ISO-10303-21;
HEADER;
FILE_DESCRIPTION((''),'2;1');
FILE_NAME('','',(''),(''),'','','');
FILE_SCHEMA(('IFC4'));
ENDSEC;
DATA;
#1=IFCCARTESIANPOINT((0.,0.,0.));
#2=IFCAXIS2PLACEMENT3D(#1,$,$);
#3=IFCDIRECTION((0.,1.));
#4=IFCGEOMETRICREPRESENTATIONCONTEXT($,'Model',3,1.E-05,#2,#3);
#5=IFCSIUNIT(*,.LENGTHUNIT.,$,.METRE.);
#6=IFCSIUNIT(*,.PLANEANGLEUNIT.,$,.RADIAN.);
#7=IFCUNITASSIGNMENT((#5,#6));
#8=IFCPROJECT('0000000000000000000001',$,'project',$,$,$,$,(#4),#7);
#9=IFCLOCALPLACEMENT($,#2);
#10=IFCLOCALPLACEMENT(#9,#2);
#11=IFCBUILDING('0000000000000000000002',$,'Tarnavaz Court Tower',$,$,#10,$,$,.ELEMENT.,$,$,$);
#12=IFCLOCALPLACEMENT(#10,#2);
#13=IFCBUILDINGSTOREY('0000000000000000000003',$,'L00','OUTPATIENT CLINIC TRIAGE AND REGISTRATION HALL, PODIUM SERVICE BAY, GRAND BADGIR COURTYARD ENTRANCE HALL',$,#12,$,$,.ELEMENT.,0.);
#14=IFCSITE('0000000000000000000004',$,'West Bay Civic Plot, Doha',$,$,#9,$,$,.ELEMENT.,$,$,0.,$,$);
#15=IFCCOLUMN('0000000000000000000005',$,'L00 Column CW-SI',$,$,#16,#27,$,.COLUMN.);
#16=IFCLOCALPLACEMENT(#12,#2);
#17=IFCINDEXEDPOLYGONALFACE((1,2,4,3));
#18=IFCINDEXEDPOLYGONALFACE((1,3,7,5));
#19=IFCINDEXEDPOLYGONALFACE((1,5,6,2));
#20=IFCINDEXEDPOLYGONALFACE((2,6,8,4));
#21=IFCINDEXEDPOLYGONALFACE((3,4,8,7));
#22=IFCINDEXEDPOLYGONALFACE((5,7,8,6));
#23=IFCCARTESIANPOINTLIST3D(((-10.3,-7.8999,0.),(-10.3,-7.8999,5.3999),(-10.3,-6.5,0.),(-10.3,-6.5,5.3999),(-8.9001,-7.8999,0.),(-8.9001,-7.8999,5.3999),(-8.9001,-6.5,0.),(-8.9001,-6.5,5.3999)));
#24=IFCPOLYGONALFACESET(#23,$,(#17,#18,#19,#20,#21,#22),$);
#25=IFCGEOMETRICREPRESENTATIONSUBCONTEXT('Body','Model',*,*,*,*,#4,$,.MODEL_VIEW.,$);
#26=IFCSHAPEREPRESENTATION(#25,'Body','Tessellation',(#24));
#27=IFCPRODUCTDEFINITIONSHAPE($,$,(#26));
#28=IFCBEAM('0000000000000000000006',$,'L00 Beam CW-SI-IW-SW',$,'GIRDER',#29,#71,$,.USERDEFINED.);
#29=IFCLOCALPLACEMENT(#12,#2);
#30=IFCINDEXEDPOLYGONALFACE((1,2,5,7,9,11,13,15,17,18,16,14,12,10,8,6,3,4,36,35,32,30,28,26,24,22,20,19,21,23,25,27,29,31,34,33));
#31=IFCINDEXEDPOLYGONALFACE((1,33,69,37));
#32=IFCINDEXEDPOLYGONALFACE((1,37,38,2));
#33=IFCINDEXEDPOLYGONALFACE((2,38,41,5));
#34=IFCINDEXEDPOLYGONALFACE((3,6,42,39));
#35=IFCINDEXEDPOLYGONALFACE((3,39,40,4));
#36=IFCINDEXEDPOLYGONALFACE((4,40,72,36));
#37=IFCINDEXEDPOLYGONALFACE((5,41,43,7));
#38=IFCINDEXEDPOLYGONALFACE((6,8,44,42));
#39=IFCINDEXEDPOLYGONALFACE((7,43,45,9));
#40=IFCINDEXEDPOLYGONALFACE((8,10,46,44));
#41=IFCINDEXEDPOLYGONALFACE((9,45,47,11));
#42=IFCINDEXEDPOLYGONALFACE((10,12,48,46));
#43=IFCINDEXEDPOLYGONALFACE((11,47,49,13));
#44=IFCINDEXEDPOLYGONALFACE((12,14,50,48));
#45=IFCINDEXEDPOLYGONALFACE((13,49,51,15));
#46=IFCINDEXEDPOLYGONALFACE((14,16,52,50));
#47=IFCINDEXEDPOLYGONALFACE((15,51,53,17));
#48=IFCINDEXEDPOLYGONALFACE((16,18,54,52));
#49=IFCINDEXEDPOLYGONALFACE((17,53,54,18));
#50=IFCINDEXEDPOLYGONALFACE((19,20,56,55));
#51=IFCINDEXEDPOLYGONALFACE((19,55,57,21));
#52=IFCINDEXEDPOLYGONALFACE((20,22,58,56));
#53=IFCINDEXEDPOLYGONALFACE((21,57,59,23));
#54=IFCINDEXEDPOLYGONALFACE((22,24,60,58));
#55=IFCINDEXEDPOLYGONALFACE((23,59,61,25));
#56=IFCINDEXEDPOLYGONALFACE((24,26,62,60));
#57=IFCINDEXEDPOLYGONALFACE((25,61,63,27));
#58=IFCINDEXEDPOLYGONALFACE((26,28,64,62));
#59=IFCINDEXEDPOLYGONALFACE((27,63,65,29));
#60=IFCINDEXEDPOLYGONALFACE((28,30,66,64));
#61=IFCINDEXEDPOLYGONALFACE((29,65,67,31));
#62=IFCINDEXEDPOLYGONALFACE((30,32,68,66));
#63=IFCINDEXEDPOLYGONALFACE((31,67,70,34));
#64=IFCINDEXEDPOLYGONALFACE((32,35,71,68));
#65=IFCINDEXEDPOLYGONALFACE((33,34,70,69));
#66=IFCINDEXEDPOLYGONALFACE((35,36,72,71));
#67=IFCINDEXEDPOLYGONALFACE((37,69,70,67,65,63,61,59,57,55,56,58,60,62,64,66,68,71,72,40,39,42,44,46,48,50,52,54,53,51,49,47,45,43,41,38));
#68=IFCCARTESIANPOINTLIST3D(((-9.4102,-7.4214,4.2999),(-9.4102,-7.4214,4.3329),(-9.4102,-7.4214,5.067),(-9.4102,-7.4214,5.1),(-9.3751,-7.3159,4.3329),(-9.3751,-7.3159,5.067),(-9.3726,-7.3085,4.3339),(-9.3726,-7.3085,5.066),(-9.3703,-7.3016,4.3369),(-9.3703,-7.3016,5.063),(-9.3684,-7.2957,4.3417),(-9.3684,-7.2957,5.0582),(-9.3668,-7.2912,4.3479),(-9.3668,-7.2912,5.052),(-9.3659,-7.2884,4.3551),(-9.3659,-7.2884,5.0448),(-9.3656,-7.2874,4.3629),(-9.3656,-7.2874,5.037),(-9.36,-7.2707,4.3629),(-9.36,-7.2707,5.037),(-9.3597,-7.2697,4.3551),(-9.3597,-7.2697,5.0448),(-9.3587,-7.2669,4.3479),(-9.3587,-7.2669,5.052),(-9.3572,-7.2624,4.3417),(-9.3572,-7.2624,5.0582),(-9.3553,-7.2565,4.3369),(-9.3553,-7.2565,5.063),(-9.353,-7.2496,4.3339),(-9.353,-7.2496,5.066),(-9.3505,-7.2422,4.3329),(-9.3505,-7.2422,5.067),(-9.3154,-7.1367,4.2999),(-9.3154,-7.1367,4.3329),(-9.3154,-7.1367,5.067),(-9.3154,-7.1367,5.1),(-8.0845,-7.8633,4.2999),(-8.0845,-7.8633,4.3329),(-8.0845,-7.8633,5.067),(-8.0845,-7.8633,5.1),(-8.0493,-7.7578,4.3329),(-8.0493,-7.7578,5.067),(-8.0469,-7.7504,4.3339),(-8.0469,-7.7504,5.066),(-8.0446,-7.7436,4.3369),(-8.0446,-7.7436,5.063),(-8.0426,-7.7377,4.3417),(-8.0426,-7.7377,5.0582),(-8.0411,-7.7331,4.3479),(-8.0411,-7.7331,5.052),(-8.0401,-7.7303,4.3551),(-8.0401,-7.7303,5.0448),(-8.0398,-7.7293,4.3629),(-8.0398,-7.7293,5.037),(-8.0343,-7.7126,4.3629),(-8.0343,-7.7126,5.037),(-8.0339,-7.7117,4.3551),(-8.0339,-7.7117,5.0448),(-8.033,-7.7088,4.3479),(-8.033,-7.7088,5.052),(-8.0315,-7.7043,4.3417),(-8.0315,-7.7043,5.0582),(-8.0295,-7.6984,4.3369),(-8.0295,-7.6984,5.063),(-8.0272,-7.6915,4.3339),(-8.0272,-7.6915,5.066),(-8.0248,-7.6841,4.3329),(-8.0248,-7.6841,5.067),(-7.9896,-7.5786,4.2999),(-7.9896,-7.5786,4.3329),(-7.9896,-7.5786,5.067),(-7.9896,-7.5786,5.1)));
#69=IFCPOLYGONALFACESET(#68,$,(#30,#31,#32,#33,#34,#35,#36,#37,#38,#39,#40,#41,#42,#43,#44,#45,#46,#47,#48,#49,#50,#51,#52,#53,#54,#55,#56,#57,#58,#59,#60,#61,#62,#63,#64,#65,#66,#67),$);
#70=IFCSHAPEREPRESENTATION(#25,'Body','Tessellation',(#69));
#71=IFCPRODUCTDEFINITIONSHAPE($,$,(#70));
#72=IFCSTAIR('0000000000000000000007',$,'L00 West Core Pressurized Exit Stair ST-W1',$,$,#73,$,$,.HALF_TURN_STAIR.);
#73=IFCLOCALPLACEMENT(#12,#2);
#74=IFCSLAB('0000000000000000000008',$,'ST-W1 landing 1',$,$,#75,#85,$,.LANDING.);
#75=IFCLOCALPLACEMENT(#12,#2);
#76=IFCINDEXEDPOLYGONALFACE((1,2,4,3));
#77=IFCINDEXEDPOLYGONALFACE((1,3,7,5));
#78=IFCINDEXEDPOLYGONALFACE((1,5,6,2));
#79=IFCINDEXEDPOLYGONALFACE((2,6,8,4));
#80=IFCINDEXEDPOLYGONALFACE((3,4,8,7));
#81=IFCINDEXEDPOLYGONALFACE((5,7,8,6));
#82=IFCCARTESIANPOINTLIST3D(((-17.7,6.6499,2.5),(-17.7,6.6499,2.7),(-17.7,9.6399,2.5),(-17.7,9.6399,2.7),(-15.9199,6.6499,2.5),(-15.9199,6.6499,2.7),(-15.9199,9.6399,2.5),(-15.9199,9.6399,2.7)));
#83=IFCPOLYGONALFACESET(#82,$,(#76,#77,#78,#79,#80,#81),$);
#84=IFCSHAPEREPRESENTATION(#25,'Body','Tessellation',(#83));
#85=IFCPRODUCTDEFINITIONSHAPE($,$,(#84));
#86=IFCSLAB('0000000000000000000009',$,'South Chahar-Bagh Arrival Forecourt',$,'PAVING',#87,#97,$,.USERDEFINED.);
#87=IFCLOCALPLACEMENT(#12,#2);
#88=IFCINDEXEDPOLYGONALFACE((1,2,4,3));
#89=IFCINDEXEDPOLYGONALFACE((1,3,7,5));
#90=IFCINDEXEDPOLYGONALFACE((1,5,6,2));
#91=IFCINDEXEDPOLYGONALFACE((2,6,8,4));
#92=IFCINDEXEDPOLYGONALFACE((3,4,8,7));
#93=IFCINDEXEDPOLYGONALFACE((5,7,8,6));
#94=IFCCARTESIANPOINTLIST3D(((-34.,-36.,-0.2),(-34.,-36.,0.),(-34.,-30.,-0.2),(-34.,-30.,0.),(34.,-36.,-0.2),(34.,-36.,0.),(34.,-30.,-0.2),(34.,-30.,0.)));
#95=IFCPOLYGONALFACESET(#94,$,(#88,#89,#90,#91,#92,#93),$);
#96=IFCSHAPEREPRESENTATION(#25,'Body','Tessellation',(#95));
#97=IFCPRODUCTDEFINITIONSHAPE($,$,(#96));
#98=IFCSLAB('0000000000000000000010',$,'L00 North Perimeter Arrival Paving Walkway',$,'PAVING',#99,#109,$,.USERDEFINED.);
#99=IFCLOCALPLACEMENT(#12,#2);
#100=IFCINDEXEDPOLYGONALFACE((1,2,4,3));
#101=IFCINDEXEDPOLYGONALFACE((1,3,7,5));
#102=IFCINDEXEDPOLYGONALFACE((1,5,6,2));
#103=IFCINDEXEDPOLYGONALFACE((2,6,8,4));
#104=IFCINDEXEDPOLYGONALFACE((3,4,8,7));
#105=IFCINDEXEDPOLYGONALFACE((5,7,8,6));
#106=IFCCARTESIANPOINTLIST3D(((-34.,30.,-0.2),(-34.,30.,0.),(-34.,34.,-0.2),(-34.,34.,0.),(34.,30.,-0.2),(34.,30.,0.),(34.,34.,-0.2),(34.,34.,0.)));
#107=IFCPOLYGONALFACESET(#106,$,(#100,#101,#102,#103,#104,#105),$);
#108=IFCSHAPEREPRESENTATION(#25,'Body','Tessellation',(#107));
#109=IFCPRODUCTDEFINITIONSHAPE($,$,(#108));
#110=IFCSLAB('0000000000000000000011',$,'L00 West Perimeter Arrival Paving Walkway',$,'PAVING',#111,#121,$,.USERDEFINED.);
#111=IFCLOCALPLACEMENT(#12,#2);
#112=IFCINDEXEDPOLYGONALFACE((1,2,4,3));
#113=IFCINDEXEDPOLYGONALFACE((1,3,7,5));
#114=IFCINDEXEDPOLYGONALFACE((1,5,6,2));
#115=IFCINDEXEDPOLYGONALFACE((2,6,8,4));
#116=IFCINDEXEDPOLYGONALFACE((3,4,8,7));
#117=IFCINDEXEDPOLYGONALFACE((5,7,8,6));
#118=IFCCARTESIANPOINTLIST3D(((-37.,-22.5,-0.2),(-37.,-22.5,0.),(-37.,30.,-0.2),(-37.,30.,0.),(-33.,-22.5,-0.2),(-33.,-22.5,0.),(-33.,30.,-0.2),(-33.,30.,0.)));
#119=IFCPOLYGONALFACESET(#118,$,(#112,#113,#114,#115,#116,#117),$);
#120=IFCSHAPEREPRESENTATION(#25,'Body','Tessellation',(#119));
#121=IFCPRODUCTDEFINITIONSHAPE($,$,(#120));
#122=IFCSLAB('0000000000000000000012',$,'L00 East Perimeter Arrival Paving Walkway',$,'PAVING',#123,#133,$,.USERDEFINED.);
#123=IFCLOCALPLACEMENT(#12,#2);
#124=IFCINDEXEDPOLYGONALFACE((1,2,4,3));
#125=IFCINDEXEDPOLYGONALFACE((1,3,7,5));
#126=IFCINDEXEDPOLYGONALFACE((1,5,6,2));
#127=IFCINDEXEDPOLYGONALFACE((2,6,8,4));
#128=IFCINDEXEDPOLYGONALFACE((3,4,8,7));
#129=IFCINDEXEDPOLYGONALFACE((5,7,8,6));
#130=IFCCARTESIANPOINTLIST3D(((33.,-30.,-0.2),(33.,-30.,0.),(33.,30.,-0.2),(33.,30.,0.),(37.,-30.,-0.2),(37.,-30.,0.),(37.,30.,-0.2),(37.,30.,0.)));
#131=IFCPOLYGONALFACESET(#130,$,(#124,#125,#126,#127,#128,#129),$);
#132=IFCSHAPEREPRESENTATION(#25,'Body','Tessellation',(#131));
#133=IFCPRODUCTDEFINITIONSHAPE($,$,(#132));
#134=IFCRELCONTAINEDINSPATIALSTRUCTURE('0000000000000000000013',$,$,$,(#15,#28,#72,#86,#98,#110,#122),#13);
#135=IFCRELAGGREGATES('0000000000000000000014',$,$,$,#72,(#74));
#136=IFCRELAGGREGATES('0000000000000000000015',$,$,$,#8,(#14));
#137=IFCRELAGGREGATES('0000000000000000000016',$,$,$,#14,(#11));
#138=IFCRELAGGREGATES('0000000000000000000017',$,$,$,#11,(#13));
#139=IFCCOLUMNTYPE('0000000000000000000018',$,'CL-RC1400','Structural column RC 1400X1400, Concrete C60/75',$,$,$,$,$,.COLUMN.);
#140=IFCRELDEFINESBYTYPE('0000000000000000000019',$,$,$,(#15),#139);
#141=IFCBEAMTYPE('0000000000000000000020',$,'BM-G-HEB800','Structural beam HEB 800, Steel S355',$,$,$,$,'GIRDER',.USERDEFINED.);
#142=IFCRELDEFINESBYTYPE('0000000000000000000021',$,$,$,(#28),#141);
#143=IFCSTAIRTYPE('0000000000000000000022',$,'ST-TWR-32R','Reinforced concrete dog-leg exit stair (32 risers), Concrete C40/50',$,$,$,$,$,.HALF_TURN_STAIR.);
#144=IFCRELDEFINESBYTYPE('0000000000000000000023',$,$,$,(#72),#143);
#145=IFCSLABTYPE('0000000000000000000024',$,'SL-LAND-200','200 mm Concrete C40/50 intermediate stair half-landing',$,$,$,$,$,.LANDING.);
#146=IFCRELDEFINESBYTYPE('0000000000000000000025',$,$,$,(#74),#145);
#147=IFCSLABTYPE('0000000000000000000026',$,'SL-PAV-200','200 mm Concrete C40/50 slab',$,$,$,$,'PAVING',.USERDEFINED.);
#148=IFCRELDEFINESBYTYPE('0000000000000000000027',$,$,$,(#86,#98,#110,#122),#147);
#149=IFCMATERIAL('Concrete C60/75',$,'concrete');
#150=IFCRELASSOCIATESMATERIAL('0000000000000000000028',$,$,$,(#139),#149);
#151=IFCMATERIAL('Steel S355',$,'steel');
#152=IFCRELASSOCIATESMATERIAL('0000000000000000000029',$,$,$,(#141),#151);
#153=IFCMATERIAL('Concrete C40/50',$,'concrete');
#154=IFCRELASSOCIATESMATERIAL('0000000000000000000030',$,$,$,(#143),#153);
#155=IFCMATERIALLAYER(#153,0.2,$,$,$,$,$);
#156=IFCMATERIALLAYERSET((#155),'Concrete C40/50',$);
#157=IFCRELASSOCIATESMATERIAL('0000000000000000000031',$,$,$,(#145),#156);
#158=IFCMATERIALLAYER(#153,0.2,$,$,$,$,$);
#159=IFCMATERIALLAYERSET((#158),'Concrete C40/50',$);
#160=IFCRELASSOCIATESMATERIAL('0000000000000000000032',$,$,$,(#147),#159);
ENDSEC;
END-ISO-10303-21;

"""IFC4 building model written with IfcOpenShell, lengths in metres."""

from ifc_helpers import new_model, si_unit, direction, frame, origin, origin_2d, place, context, subcontext, project, spatial, polyline, rectangle, i_section, outline, extrude, material, layer, layer_set, material_profile, profile_set, type_object, element, aggregate, save


model = new_model("IFC4")

# Units and contexts
model_context = context("Model", 3, precision=1e-05, world=origin(), true_north=direction((0.0, 1.0)))
body_context = subcontext(model_context, "Body", "Model", "MODEL_VIEW")
ifc_project = project(units=[si_unit("LENGTHUNIT", "METRE"), si_unit("PLANEANGLEUNIT", "RADIAN")], contexts=[model_context])

# Site, building, storey
site_placement = place(None, origin())
site = spatial("IfcSite", under=ifc_project, at=site_placement, Name="West Bay Civic Plot, Doha", CompositionType="ELEMENT", RefElevation=0.0)
building_placement = place(site_placement, origin())
building = spatial("IfcBuilding", under=site, at=building_placement, Name="Tarnavaz Court Tower", CompositionType="ELEMENT")
storey_placement = place(building_placement, origin())
storey = spatial("IfcBuildingStorey", under=building, at=storey_placement, Name="L00", Description="OUTPATIENT CLINIC TRIAGE AND REGISTRATION HALL, PODIUM SERVICE BAY, GRAND BADGIR COURTYARD ENTRANCE HALL", CompositionType="ELEMENT", Elevation=0.0)

# Column
ifc_material_1 = material(Name="Concrete C60/75", Category="concrete")
ifc_material_profile_1 = material_profile(ifc_material_1, rectangle(XDim=1.3999, YDim=1.3999, at=origin_2d()), Name="RC 1400X1400")
ifc_profile_set_1 = profile_set([ifc_material_profile_1], Name="Concrete C60/75")
column_type = type_object("IfcColumnType", Name="CL-RC1400", Description="Structural column RC 1400X1400, Concrete C60/75", PredefinedType="COLUMN", material=ifc_profile_set_1)
column_placement = place(storey_placement, frame((-9.6001, -7.2, 0.0), z_axis=(0.0, 0.0, 1.0), x_axis=(1.0, 0.0, 0.0)))
element("IfcColumn", 1, at=column_placement, inside=storey, type_object=column_type, Name="L00 Column CW-SI", PredefinedType="COLUMN", context=body_context, shape_type="SweptSolid", body=[
    extrude(rectangle(XDim=1.3999, YDim=1.3999, at=origin_2d()), origin(), (0.0, 0.0, 1.0), 5.3999),
])

# Beam
ifc_material_2 = material(Name="Steel S355", Category="steel")
ifc_material_profile_2 = material_profile(ifc_material_2, i_section(OverallWidth=0.3, OverallDepth=0.8, WebThickness=0.0176, FlangeThickness=0.033, FilletRadius=0.03, at=origin_2d()), Name="HEB 800")
ifc_profile_set_2 = profile_set([ifc_material_profile_2], Name="Steel S355")
beam_type = type_object("IfcBeamType", Name="BM-G-HEB800", Description="Structural beam HEB 800, Steel S355", ElementType="GIRDER", PredefinedType="USERDEFINED", material=ifc_profile_set_2)
beam_placement = place(storey_placement, frame((-9.3628, -7.2791, 4.7), z_axis=(0.948683, -0.316228, 0.0), x_axis=(0.316228, 0.948683, 0.0)))
element("IfcBeam", 2, at=beam_placement, inside=storey, type_object=beam_type, Name="L00 Beam CW-SI-IW-SW", ObjectType="GIRDER", PredefinedType="USERDEFINED", context=body_context, shape_type="SweptSolid", body=[
    extrude(i_section(OverallWidth=0.3, OverallDepth=0.8, WebThickness=0.0176, FlangeThickness=0.033, FilletRadius=0.03, at=origin_2d()), origin(), (0.0, 0.0, 1.0), 1.3975),
])

# Stair, slab
ifc_material_3 = material(Name="Concrete C40/50", Category="concrete")
stair_type = type_object("IfcStairType", Name="ST-TWR-32R", Description="Reinforced concrete dog-leg exit stair (32 risers), Concrete C40/50", PredefinedType="HALF_TURN_STAIR", material=ifc_material_3)
stair_placement = place(storey_placement, origin())
stair = element("IfcStair", 3, at=stair_placement, inside=storey, type_object=stair_type, Name="L00 West Core Pressurized Exit Stair ST-W1", PredefinedType="HALF_TURN_STAIR")
ifc_layer_1 = layer(ifc_material_3, 0.2)
ifc_layer_set_1 = layer_set([ifc_layer_1], Name="Concrete C40/50")
slab_type_1 = type_object("IfcSlabType", Name="SL-LAND-200", Description="200 mm Concrete C40/50 intermediate stair half-landing", PredefinedType="LANDING", material=ifc_layer_set_1)
slab_1_placement = place(storey_placement, frame((0.0, 0.0, 2.5)))
slab_1 = element("IfcSlab", 4, at=slab_1_placement, type_object=slab_type_1, Name="ST-W1 landing 1", PredefinedType="LANDING", context=body_context, shape_type="SweptSolid", body=[
    extrude(outline(polyline([(-15.9199, 9.6399), (-17.7, 9.6399), (-17.7, 6.6499), (-15.9199, 6.6499), (-15.9199, 9.6399)])), origin(), (0.0, 0.0, 1.0), 0.2),
])
aggregate(stair, [slab_1])

# Slabs
ifc_layer_2 = layer(ifc_material_3, 0.2)
ifc_layer_set_2 = layer_set([ifc_layer_2], Name="Concrete C40/50")
slab_type_2 = type_object("IfcSlabType", Name="SL-PAV-200", Description="200 mm Concrete C40/50 slab", ElementType="PAVING", PredefinedType="USERDEFINED", material=ifc_layer_set_2)
slab_2_placement = place(storey_placement, frame((0.0, 0.0, -0.2)))
element("IfcSlab", 5, at=slab_2_placement, inside=storey, type_object=slab_type_2, Name="South Chahar-Bagh Arrival Forecourt", ObjectType="PAVING", PredefinedType="USERDEFINED", context=body_context, shape_type="SweptSolid", body=[
    extrude(outline(polyline([(-34.0, -36.0), (34.0, -36.0), (34.0, -30.0), (-34.0, -30.0), (-34.0, -36.0)])), origin(), (0.0, 0.0, 1.0), 0.2),
])
slab_3_placement = place(storey_placement, frame((0.0, 0.0, -0.2)))
element("IfcSlab", 6, at=slab_3_placement, inside=storey, type_object=slab_type_2, Name="L00 North Perimeter Arrival Paving Walkway", ObjectType="PAVING", PredefinedType="USERDEFINED", context=body_context, shape_type="SweptSolid", body=[
    extrude(outline(polyline([(-34.0, 30.0), (34.0, 30.0), (34.0, 34.0), (-34.0, 34.0), (-34.0, 30.0)])), origin(), (0.0, 0.0, 1.0), 0.2),
])
slab_4_placement = place(storey_placement, frame((0.0, 0.0, -0.2)))
element("IfcSlab", 7, at=slab_4_placement, inside=storey, type_object=slab_type_2, Name="L00 West Perimeter Arrival Paving Walkway", ObjectType="PAVING", PredefinedType="USERDEFINED", context=body_context, shape_type="SweptSolid", body=[
    extrude(outline(polyline([(-37.0, -22.5), (-33.0, -22.5), (-33.0, 30.0), (-37.0, 30.0), (-37.0, -22.5)])), origin(), (0.0, 0.0, 1.0), 0.2),
])
slab_5_placement = place(storey_placement, frame((0.0, 0.0, -0.2)))
element("IfcSlab", 8, at=slab_5_placement, inside=storey, type_object=slab_type_2, Name="L00 East Perimeter Arrival Paving Walkway", ObjectType="PAVING", PredefinedType="USERDEFINED", context=body_context, shape_type="SweptSolid", body=[
    extrude(outline(polyline([(33.0, -30.0), (37.0, -30.0), (37.0, 30.0), (33.0, 30.0), (33.0, -30.0)])), origin(), (0.0, 0.0, 1.0), 0.2),
])

save(model, "model.ifc")
